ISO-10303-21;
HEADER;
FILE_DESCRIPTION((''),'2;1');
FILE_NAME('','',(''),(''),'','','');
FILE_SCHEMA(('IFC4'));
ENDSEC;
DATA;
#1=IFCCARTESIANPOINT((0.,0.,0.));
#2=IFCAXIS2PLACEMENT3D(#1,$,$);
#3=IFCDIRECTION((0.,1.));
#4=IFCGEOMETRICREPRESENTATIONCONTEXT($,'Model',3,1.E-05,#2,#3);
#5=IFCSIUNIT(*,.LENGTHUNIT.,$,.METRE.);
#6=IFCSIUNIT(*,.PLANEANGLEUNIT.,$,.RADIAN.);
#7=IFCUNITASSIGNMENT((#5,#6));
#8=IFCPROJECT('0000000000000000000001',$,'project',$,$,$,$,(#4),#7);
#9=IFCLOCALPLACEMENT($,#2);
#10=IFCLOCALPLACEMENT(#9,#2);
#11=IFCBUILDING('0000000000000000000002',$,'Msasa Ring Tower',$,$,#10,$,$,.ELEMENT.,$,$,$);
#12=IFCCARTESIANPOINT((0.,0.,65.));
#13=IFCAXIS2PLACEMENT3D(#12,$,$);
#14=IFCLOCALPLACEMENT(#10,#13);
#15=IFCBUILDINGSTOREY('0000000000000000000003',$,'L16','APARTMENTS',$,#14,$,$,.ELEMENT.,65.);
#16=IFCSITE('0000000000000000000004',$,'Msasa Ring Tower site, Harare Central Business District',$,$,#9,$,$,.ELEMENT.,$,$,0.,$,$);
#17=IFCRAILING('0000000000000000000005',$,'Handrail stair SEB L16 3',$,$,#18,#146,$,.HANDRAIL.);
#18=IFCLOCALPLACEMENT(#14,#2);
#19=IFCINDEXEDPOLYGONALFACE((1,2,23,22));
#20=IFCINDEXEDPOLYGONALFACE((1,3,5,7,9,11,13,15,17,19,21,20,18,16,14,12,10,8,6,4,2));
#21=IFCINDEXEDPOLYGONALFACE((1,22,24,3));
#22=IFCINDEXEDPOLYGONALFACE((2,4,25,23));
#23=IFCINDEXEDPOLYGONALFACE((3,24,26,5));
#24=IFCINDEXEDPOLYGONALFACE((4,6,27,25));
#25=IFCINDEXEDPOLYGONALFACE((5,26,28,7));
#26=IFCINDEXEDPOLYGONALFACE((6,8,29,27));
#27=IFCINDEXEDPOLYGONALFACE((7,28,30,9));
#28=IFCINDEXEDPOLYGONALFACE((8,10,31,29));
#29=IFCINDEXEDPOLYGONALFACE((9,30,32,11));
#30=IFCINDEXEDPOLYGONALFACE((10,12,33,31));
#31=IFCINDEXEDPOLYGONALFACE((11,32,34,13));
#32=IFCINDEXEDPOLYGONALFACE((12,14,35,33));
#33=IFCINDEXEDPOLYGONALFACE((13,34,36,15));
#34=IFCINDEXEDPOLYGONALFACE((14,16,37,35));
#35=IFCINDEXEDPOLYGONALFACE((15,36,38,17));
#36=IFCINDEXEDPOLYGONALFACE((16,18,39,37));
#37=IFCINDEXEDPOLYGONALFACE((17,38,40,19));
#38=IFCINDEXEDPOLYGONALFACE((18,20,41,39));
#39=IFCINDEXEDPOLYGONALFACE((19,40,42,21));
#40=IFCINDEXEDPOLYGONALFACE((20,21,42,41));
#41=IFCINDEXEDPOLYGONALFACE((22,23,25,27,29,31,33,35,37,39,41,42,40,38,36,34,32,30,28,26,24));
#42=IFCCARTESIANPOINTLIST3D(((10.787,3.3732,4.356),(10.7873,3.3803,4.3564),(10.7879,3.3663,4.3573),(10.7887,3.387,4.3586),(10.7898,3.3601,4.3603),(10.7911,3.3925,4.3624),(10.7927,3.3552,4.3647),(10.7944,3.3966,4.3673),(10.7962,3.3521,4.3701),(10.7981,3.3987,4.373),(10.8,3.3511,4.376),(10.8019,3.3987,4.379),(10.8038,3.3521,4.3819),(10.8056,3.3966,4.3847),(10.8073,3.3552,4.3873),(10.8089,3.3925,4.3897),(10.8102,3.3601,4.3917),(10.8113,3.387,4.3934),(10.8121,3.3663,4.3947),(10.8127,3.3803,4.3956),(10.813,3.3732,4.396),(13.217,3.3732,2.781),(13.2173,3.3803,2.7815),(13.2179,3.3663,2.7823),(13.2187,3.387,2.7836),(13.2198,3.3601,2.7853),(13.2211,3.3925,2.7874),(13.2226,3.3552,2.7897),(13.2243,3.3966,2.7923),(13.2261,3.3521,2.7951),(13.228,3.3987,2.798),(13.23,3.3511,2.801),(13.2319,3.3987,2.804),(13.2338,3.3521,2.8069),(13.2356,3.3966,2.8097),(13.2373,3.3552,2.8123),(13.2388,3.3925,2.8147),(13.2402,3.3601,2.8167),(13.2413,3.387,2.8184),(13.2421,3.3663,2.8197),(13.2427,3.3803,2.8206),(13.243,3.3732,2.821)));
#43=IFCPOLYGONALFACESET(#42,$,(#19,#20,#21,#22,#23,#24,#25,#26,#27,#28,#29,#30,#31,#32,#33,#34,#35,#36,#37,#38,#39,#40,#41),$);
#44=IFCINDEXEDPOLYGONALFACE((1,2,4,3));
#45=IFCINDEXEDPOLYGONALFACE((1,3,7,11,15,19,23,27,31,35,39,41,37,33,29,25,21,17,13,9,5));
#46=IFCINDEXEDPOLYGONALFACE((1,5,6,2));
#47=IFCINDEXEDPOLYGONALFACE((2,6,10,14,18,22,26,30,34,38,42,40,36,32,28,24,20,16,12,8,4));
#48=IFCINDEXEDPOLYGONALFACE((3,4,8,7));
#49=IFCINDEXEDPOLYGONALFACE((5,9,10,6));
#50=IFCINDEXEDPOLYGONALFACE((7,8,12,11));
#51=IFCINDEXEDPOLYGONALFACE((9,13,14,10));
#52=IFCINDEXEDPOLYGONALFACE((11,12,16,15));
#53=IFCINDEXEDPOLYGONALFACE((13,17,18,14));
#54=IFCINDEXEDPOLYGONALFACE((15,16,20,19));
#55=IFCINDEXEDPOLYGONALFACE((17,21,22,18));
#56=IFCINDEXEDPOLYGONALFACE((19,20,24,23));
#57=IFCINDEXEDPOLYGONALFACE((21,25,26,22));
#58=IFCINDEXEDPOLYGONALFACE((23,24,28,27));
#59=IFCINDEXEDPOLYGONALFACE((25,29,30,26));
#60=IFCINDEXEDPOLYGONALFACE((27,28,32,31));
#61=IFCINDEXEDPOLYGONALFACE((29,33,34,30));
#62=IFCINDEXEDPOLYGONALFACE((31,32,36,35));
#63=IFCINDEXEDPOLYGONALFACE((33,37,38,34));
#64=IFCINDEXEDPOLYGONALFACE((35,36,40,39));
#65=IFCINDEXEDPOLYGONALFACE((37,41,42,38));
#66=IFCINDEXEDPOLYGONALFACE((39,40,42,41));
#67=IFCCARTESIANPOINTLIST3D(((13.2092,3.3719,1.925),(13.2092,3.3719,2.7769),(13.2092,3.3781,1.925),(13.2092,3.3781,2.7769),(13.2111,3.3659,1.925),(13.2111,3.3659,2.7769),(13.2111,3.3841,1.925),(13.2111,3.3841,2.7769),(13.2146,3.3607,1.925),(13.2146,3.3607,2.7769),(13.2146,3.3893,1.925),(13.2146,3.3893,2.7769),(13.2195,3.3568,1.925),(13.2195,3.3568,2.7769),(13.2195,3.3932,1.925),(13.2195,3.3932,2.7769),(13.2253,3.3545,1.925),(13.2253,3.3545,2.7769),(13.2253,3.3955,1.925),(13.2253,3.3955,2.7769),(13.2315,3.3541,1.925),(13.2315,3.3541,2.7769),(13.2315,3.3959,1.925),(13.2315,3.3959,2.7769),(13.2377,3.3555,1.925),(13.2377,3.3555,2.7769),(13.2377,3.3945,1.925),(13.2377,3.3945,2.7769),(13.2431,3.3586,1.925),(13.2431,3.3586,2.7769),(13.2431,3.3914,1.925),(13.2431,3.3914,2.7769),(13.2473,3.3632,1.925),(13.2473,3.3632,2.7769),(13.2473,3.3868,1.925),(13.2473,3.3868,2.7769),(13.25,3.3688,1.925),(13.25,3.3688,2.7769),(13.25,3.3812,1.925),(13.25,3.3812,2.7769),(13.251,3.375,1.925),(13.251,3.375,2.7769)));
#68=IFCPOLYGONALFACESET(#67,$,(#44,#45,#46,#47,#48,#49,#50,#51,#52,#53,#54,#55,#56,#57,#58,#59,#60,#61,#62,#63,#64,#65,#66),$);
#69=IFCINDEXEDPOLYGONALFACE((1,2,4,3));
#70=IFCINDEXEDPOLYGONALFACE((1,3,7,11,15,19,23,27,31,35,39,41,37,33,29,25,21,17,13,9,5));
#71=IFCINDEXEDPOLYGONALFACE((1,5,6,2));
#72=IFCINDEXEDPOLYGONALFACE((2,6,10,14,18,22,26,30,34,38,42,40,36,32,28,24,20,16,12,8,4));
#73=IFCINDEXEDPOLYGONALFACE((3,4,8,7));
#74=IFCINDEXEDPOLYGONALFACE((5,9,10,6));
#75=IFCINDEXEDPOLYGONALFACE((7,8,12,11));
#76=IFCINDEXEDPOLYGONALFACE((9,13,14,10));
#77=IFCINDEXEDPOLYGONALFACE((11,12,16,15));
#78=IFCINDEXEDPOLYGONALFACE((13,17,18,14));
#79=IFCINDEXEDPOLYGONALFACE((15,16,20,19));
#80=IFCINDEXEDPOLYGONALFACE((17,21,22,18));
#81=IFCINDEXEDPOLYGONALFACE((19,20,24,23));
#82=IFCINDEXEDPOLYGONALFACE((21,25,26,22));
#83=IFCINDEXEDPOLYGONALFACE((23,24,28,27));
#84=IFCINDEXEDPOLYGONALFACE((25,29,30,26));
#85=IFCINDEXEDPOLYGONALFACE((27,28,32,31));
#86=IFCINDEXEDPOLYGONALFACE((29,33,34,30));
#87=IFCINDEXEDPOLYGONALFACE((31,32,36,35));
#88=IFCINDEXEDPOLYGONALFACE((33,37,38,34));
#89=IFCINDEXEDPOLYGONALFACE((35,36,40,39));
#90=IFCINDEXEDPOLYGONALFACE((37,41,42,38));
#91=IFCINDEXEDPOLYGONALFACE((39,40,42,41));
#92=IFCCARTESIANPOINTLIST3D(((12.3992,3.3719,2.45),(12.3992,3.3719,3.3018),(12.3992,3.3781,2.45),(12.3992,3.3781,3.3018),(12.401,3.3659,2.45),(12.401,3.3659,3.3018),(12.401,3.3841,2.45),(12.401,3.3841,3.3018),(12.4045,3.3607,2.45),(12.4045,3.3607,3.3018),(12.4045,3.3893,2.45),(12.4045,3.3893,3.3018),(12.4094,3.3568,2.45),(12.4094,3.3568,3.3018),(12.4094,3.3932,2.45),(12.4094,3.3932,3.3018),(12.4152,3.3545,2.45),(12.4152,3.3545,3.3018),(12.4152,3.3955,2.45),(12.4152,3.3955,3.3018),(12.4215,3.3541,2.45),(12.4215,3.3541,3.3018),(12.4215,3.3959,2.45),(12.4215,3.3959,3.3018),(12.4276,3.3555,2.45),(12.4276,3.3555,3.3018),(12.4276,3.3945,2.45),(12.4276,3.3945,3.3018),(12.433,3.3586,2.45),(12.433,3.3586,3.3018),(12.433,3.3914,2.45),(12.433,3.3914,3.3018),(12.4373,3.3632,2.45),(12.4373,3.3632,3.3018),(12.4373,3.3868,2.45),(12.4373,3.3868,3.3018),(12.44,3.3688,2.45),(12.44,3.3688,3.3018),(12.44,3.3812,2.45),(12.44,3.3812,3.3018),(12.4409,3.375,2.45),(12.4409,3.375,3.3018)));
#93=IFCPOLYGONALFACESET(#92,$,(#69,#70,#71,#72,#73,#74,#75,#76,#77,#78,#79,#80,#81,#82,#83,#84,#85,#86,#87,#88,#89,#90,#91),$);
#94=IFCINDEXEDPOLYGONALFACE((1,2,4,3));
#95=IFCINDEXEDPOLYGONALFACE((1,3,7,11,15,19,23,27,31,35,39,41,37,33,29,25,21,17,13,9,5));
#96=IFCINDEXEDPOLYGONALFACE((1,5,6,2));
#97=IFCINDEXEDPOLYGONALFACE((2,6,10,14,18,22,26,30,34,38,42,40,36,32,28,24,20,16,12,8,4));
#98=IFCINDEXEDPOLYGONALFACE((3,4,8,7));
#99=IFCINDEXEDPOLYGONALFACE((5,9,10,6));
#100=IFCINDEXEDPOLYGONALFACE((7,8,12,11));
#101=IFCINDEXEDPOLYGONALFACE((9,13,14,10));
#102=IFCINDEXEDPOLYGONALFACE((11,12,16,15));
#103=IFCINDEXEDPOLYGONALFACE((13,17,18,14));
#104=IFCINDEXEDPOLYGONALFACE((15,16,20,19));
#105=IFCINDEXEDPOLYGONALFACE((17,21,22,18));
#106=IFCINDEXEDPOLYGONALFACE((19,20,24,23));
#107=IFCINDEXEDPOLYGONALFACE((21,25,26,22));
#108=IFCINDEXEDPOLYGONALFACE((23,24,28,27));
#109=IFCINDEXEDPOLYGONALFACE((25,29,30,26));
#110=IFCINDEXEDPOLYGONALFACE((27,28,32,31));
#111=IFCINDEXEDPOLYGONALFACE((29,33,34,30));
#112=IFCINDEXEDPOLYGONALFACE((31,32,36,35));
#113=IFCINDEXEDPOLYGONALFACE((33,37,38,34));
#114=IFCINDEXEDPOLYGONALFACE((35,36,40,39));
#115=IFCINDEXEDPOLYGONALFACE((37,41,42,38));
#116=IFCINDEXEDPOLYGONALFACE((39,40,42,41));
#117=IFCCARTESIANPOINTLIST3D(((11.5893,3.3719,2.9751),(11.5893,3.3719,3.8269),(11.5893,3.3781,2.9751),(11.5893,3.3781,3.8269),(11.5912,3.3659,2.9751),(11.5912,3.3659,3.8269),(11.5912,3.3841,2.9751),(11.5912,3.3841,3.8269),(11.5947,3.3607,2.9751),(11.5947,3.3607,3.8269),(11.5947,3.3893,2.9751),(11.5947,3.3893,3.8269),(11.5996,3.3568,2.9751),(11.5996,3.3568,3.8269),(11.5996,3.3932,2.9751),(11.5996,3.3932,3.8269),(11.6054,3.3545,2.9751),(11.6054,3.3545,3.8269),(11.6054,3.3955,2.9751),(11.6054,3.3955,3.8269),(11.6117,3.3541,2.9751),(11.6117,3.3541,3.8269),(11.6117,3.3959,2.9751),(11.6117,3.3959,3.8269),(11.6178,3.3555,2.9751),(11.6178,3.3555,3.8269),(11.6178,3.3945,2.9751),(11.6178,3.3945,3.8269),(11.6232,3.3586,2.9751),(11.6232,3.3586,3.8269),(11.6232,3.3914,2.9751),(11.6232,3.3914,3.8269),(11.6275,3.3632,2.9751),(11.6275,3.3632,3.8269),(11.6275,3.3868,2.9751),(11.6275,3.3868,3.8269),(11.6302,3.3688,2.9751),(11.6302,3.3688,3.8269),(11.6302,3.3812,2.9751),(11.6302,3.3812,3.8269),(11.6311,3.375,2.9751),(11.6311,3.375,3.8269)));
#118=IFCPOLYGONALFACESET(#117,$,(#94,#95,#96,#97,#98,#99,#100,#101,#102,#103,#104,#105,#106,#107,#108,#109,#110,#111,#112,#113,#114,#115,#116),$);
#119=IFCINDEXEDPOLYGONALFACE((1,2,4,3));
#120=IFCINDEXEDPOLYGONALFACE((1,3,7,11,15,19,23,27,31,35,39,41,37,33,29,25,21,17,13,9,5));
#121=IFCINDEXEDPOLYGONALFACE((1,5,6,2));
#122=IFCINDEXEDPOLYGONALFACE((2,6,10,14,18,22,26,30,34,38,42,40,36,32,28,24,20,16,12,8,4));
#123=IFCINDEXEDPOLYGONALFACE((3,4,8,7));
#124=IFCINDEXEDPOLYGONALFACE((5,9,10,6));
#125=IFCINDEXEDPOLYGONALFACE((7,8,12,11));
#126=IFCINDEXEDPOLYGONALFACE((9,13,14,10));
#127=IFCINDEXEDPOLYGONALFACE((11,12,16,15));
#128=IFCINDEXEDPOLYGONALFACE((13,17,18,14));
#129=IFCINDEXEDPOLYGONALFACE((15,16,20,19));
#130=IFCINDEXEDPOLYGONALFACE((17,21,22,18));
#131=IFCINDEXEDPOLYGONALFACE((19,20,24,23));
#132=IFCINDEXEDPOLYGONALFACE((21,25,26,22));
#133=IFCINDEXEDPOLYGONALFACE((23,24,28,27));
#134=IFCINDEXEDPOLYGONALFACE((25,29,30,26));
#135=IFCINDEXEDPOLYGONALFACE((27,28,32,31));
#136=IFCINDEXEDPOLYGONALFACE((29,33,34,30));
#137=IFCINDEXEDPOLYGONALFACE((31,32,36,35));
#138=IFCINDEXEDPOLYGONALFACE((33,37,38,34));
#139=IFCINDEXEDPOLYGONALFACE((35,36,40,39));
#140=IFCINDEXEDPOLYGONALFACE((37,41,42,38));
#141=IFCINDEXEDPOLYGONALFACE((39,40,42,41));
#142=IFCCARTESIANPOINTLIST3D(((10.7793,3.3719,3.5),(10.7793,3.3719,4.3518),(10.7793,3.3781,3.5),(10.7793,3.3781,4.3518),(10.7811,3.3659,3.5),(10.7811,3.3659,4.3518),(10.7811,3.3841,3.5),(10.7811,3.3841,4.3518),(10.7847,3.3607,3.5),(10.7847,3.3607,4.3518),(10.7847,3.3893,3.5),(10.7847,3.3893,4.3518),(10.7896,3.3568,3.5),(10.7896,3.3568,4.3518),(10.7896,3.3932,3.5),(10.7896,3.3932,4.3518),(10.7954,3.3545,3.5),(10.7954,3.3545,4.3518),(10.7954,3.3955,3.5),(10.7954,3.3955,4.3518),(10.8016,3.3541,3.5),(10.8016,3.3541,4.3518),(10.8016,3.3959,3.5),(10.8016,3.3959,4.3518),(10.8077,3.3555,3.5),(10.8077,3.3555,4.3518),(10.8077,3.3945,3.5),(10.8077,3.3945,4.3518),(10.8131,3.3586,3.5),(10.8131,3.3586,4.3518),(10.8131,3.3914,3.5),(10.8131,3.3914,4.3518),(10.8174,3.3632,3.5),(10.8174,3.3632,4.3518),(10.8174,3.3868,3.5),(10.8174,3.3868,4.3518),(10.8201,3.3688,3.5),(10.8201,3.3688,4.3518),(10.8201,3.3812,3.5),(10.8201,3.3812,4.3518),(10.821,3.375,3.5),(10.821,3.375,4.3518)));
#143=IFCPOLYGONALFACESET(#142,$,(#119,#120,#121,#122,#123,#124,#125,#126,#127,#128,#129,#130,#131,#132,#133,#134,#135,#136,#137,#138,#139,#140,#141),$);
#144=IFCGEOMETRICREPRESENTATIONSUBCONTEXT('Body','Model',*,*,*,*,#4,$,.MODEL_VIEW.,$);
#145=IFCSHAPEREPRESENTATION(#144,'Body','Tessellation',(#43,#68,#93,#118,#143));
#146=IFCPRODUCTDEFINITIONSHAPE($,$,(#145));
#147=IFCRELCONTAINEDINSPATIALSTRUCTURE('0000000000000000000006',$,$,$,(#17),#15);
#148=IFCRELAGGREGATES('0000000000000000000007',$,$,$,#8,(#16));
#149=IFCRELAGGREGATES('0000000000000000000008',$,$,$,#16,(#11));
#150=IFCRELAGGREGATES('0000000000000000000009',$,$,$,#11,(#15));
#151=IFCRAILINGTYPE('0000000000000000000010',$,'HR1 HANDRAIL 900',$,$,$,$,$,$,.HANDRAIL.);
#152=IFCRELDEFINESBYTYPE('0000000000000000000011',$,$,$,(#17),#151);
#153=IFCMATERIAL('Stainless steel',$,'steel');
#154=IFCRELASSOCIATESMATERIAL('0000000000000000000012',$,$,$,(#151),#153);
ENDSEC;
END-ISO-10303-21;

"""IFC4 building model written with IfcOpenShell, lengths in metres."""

from ifc_helpers import new_model, si_unit, direction, frame, origin, origin_2d, place, context, subcontext, project, spatial, circle, extrude, material, type_object, element, save


model = new_model("IFC4")

# Units and contexts
model_context = context("Model", 3, precision=1e-05, world=origin(), true_north=direction((0.0, 1.0)))
body_context = subcontext(model_context, "Body", "Model", "MODEL_VIEW")
ifc_project = project(units=[si_unit("LENGTHUNIT", "METRE"), si_unit("PLANEANGLEUNIT", "RADIAN")], contexts=[model_context])

# Site, building, storey
site_placement = place(None, origin())
site = spatial("IfcSite", under=ifc_project, at=site_placement, Name="Msasa Ring Tower site, Harare Central Business District", CompositionType="ELEMENT", RefElevation=0.0)
building_placement = place(site_placement, origin())
building = spatial("IfcBuilding", under=site, at=building_placement, Name="Msasa Ring Tower", CompositionType="ELEMENT")
storey_placement = place(building_placement, frame((0.0, 0.0, 65.0)))
storey = spatial("IfcBuildingStorey", under=building, at=storey_placement, Name="L16", Description="APARTMENTS", CompositionType="ELEMENT", Elevation=65.0)

# Railing
ifc_material_1 = material(Name="Stainless steel", Category="steel")
railing_type = type_object("IfcRailingType", Name="HR1 HANDRAIL 900", PredefinedType="HANDRAIL", material=ifc_material_1)
for number, where, name in (
    (1, (13.23, 3.375, 1.925), "Handrail stair SEB L16 3"),
):
    element("IfcRailing", number, at=place(storey_placement, frame(where)), inside=storey, type_object=railing_type, Name=name, PredefinedType="HANDRAIL", context=body_context, shape_type="SweptSolid", body=[
        extrude(circle(Radius=0.0239, at=origin_2d()), frame((0.0, 0.0, 0.876), z_axis=(-0.839154, 0.0, 0.543894), x_axis=(0.0, -1.0, 0.0)), (0.0, 0.0, 1.0), 2.8958),
        extrude(circle(Radius=0.021, at=origin_2d()), origin(), (0.0, 0.0, 1.0), 0.8518),
        extrude(circle(Radius=0.021, at=origin_2d()), frame((-0.8101, 0.0, 0.5249)), (0.0, 0.0, 1.0), 0.8518),
        extrude(circle(Radius=0.021, at=origin_2d()), frame((-1.6199, 0.0, 1.05)), (0.0, 0.0, 1.0), 0.8518),
        extrude(circle(Radius=0.021, at=origin_2d()), frame((-2.4299, 0.0, 1.575)), (0.0, 0.0, 1.0), 0.8518),
    ])

save(model, "model.ifc")
